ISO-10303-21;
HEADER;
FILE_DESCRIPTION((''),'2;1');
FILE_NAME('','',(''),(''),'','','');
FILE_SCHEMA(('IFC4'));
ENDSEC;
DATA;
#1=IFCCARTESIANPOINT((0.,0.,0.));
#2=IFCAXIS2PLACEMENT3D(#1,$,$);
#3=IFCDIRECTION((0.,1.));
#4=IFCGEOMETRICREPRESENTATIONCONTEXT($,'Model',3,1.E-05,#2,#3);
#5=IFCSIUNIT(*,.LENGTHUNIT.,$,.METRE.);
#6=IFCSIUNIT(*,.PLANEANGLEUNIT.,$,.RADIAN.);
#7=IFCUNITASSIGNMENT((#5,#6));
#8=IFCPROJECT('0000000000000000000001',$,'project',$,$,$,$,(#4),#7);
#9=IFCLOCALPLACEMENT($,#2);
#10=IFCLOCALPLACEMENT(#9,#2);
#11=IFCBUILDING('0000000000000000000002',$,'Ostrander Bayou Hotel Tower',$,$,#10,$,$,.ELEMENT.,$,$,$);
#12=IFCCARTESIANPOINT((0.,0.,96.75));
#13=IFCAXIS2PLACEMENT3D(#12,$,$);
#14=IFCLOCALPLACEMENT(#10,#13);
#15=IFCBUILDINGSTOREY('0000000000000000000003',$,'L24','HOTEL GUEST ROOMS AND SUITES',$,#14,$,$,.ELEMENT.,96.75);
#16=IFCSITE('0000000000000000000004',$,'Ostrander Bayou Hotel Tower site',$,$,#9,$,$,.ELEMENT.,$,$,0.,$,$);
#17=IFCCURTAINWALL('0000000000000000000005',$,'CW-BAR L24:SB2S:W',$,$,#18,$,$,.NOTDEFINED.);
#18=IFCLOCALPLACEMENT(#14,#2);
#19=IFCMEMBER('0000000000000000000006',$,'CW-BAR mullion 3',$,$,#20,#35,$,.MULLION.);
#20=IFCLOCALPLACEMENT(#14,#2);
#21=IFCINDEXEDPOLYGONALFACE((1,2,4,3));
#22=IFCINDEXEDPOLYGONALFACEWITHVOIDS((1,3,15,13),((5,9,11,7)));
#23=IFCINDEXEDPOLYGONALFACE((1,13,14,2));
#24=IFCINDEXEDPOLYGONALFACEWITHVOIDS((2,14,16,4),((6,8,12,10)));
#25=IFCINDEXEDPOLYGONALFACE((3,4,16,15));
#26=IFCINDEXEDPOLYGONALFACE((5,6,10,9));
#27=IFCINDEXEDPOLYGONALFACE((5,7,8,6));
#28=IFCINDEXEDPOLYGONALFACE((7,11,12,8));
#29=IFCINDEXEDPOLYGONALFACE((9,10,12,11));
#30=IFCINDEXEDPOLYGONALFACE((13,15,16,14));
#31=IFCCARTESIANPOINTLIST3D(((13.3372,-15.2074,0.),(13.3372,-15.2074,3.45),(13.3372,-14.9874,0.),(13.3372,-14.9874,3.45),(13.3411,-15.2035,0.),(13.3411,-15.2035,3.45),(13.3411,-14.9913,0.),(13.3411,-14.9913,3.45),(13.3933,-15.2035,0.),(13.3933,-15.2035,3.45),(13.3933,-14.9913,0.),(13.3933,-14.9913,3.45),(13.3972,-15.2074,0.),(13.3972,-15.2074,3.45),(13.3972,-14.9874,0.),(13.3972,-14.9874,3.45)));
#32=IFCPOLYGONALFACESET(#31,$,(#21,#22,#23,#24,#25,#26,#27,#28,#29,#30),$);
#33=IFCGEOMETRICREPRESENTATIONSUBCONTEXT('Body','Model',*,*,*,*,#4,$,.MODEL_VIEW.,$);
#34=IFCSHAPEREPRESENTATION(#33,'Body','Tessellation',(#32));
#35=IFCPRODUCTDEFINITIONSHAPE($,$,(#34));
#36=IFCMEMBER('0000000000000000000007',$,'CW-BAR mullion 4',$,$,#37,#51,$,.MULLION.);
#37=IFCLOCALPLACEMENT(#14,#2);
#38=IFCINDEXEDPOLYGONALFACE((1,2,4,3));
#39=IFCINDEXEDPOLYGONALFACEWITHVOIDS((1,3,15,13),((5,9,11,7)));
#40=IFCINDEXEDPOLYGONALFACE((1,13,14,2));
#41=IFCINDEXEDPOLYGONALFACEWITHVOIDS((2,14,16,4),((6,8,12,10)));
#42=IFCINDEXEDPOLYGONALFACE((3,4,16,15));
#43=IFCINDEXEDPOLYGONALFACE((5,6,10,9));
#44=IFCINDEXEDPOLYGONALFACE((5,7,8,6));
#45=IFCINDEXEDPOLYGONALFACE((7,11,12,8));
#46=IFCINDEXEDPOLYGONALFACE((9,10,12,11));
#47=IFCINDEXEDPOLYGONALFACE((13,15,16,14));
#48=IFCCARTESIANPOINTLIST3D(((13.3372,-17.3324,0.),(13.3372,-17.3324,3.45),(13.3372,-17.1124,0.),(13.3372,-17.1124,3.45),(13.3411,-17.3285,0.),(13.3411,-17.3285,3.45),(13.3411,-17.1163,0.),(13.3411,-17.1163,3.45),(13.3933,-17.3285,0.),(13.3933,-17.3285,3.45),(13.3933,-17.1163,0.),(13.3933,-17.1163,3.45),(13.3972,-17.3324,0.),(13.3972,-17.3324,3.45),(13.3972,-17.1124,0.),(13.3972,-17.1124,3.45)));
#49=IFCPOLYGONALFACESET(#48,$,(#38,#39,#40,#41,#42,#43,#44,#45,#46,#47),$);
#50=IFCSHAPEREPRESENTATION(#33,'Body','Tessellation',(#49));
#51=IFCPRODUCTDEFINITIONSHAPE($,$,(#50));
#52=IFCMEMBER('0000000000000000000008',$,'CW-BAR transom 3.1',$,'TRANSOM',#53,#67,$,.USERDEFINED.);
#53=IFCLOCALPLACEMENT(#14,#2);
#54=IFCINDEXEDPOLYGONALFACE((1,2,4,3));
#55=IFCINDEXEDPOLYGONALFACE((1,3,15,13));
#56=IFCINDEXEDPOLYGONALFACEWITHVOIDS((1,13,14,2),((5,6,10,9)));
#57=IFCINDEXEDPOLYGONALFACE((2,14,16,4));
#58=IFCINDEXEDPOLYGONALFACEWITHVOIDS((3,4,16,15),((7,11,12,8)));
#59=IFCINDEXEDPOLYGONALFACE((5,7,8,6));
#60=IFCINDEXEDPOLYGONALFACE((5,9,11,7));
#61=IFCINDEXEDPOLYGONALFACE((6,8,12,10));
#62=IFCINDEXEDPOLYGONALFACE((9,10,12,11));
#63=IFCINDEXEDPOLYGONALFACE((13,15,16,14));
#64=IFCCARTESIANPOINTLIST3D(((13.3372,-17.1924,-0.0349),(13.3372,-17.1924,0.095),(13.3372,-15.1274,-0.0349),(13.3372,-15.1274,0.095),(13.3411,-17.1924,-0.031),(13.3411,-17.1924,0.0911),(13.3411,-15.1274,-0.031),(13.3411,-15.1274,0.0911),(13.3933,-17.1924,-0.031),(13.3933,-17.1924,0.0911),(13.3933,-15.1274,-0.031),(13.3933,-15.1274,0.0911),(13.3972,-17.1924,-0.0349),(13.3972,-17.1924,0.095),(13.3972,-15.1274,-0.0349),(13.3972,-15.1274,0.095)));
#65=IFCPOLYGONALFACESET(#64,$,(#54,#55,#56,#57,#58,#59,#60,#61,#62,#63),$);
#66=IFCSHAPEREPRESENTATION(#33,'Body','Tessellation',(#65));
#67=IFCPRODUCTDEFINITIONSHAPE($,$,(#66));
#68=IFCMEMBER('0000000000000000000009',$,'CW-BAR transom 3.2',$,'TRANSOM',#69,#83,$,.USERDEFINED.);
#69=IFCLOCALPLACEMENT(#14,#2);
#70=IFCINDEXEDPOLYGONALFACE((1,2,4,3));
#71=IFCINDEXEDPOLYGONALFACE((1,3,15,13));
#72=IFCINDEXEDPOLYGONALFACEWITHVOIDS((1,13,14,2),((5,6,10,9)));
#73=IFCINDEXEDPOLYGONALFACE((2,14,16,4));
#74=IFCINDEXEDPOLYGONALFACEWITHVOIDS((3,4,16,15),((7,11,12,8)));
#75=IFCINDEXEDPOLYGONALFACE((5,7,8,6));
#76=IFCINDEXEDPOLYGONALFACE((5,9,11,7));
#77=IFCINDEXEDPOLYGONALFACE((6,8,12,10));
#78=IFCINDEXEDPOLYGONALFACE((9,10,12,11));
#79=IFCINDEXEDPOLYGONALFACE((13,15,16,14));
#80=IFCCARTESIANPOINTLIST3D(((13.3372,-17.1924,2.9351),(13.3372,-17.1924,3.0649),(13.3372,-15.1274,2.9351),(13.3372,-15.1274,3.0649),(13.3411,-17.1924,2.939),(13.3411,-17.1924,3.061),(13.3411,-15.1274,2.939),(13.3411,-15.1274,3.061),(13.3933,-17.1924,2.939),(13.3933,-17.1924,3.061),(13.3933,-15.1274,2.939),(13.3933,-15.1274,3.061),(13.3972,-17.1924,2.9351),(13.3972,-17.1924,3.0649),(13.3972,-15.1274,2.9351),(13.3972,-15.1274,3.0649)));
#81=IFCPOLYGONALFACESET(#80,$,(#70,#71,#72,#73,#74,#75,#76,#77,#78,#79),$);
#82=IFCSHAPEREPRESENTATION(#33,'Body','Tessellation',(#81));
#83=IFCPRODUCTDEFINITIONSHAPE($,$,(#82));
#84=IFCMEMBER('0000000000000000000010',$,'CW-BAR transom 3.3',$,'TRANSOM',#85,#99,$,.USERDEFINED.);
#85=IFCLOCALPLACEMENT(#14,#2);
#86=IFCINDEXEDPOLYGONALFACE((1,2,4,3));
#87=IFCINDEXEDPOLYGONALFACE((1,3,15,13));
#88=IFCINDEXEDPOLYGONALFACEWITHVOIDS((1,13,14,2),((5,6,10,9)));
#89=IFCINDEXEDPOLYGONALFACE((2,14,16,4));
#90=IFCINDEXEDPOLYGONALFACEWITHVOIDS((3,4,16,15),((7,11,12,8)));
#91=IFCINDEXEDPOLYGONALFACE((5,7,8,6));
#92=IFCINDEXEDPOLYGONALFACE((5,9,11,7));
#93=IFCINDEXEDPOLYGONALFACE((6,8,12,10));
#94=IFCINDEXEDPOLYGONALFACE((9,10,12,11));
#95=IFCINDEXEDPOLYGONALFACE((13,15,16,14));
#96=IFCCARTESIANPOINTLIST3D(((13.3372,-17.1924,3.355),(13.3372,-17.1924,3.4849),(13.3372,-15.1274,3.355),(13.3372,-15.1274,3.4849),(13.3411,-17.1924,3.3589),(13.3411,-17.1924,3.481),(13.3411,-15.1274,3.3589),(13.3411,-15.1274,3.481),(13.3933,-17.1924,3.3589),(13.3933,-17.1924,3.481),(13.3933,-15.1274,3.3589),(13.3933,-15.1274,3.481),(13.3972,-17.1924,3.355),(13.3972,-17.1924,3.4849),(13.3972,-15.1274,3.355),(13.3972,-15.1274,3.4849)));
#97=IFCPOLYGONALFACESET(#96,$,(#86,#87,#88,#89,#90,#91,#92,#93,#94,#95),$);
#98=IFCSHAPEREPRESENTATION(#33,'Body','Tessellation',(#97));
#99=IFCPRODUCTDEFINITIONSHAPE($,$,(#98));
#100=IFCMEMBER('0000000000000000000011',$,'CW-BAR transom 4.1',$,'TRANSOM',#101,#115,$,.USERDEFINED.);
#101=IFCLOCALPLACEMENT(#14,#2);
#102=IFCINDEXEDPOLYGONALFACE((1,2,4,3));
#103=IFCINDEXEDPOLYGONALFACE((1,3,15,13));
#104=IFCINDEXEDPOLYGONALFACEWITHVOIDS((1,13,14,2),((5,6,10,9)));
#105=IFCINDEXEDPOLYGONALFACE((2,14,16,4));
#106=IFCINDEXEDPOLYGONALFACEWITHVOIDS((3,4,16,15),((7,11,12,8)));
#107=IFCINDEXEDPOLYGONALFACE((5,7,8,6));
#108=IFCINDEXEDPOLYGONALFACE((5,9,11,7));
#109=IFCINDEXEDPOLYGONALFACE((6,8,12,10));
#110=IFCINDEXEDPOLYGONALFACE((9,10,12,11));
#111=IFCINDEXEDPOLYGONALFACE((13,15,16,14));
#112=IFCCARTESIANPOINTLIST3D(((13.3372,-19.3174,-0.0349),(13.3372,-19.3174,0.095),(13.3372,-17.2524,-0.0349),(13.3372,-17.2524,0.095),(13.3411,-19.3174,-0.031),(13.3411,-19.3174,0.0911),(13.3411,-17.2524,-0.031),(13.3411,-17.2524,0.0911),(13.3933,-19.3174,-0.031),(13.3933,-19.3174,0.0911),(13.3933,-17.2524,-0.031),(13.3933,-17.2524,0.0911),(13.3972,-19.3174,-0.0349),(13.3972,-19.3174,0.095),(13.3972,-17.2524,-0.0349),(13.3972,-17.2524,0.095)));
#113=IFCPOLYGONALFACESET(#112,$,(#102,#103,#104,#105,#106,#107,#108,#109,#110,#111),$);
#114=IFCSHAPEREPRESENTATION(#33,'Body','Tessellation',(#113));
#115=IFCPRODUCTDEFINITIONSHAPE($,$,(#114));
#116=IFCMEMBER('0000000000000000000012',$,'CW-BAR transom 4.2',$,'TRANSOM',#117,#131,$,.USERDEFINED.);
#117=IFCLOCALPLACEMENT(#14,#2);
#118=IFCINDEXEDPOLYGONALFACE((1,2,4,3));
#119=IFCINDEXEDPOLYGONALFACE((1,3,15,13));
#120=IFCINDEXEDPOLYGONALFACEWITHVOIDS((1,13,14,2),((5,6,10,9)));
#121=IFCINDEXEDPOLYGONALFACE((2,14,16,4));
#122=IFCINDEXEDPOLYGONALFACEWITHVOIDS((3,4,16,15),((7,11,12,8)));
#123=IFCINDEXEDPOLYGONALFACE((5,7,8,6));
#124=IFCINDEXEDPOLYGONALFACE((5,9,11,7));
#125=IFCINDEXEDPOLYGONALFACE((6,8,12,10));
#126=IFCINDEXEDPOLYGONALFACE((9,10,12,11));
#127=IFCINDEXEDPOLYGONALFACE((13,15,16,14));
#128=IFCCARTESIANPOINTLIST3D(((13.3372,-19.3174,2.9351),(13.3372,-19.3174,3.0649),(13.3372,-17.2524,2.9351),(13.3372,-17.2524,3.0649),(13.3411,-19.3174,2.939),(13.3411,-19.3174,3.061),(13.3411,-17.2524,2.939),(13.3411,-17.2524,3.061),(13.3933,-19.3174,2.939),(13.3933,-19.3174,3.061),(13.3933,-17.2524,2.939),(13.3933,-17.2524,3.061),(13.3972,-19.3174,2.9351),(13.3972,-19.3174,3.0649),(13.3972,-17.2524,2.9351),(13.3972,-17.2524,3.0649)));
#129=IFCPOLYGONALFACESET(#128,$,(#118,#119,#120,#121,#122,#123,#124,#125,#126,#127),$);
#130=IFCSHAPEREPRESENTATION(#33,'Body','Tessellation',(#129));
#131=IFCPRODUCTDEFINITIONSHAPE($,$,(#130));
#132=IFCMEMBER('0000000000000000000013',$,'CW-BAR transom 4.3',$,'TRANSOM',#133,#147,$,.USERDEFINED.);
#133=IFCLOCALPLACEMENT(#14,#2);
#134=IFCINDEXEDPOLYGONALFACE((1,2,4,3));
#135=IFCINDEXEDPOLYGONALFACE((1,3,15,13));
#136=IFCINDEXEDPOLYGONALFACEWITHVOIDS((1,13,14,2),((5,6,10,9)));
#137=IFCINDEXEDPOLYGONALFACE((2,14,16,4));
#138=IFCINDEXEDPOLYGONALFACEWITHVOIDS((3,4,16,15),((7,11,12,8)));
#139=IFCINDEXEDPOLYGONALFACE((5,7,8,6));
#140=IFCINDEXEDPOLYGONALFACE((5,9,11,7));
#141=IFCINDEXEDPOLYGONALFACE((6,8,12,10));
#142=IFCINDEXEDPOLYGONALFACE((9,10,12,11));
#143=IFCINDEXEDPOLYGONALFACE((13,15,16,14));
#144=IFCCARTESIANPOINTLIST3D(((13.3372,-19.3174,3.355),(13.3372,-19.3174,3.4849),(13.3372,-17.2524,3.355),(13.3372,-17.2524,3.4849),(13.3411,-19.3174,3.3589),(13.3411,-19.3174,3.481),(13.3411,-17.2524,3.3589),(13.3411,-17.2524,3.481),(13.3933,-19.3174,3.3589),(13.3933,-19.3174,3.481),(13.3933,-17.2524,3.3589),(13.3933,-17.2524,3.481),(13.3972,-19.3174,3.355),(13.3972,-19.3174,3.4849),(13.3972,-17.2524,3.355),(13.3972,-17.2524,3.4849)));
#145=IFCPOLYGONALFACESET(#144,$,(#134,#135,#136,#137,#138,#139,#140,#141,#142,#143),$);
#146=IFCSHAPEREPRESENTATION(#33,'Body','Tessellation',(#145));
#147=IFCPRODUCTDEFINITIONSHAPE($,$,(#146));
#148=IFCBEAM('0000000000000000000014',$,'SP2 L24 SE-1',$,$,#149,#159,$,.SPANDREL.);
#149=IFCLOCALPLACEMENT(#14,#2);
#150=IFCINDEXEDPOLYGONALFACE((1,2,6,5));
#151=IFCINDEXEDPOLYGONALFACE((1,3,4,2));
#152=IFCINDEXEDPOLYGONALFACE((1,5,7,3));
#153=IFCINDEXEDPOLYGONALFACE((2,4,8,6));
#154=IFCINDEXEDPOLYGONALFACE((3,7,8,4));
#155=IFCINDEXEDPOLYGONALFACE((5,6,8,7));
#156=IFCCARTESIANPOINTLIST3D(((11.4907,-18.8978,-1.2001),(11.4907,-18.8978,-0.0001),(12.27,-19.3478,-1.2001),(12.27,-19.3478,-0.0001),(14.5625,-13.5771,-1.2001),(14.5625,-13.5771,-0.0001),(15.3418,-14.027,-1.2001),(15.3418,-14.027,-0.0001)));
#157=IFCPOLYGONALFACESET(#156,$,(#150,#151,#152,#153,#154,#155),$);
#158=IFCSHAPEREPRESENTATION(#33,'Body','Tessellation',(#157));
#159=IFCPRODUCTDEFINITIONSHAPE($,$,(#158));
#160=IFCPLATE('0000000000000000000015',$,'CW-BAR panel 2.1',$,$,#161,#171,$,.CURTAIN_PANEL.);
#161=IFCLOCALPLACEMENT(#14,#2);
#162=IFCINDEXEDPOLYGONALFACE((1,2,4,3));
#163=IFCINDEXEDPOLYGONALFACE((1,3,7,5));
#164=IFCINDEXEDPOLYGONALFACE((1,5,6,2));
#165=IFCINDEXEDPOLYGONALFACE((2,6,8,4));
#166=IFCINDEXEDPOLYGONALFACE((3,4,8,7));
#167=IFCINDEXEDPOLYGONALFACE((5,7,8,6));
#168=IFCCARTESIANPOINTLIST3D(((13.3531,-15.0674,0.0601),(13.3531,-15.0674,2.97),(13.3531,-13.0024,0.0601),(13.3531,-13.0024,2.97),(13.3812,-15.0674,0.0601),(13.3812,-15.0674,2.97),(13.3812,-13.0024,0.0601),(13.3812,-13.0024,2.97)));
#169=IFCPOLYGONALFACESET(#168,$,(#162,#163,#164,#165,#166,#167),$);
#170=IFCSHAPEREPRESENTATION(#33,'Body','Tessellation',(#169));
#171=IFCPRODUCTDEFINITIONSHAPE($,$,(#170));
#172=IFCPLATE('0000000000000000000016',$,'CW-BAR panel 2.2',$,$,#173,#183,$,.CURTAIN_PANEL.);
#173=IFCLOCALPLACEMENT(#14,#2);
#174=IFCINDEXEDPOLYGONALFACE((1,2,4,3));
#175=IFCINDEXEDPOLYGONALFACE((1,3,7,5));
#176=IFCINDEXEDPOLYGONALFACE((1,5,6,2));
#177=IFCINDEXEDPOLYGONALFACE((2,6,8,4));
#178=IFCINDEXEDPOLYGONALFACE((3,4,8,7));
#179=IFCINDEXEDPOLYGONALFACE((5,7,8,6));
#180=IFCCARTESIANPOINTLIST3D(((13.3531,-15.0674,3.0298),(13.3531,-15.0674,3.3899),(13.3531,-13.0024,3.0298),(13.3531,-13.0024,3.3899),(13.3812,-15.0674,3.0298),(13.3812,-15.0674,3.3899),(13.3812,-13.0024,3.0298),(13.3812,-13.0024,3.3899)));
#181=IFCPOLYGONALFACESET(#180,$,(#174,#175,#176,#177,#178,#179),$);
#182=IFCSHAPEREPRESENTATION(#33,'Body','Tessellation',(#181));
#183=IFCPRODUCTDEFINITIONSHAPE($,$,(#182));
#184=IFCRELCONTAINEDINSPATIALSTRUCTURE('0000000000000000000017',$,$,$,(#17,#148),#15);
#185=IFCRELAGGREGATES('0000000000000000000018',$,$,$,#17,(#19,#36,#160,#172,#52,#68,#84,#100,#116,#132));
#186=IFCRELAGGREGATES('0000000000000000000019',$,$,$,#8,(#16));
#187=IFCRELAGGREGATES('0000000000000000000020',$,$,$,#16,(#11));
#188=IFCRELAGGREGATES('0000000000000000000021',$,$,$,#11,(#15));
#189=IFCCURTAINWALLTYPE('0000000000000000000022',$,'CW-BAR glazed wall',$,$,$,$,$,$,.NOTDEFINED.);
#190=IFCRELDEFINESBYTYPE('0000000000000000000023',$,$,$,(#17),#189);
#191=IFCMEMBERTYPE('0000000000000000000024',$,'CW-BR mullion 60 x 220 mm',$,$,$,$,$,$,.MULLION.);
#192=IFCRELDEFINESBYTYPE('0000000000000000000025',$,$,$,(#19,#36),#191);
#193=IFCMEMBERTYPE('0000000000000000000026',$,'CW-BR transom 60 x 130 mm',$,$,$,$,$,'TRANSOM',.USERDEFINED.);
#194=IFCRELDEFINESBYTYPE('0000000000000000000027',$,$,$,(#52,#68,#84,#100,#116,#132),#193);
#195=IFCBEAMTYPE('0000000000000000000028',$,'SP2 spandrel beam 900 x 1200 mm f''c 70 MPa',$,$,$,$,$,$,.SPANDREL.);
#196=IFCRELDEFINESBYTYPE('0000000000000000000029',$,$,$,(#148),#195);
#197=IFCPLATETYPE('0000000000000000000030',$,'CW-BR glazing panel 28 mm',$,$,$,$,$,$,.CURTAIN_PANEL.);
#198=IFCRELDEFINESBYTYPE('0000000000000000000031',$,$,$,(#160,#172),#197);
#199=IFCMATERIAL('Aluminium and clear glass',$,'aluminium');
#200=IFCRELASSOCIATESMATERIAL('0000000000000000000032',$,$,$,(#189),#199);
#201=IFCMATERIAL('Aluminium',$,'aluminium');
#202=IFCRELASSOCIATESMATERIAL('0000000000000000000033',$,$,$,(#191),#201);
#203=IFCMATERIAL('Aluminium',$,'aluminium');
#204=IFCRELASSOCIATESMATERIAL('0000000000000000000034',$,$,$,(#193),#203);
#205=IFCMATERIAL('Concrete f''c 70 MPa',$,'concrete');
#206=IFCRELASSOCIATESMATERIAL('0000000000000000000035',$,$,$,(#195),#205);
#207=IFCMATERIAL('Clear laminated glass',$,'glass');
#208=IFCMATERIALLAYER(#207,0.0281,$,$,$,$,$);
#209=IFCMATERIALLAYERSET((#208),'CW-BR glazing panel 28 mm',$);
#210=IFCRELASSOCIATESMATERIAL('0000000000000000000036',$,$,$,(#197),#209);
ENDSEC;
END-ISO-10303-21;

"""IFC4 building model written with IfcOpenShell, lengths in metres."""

from ifc_helpers import new_model, si_unit, direction, frame, origin, origin_2d, place, context, subcontext, project, spatial, rectangle, hollow_rectangle, extrude, material, layer, layer_set, material_profile, profile_set, type_object, element, aggregate, save


model = new_model("IFC4")

# Units and contexts
model_context = context("Model", 3, precision=1e-05, world=origin(), true_north=direction((0.0, 1.0)))
body_context = subcontext(model_context, "Body", "Model", "MODEL_VIEW")
ifc_project = project(units=[si_unit("LENGTHUNIT", "METRE"), si_unit("PLANEANGLEUNIT", "RADIAN")], contexts=[model_context])

# Site, building, storey
site_placement = place(None, origin())
site = spatial("IfcSite", under=ifc_project, at=site_placement, Name="Ostrander Bayou Hotel Tower site", CompositionType="ELEMENT", RefElevation=0.0)
building_placement = place(site_placement, origin())
building = spatial("IfcBuilding", under=site, at=building_placement, Name="Ostrander Bayou Hotel Tower", CompositionType="ELEMENT")
storey_placement = place(building_placement, frame((0.0, 0.0, 96.75)))
storey = spatial("IfcBuildingStorey", under=building, at=storey_placement, Name="L24", Description="HOTEL GUEST ROOMS AND SUITES", CompositionType="ELEMENT", Elevation=96.75)

# Curtain wall, members
ifc_material_1 = material(Name="Aluminium and clear glass", Category="aluminium")
curtain_wall_type = type_object("IfcCurtainWallType", Name="CW-BAR glazed wall", PredefinedType="NOTDEFINED", material=ifc_material_1)
curtain_wall_placement = place(storey_placement, origin())
curtain_wall = element("IfcCurtainWall", 1, at=curtain_wall_placement, inside=storey, type_object=curtain_wall_type, Name="CW-BAR L24:SB2S:W", PredefinedType="NOTDEFINED")
ifc_material_2 = material(Name="Aluminium", Category="aluminium")
ifc_material_profile_1 = material_profile(ifc_material_2, hollow_rectangle(XDim=0.0601, YDim=0.22, WallThickness=0.0039, at=origin_2d()))
ifc_profile_set_1 = profile_set([ifc_material_profile_1], Name="Aluminium")
member_type_1 = type_object("IfcMemberType", Name="CW-BR mullion 60 x 220 mm", PredefinedType="MULLION", material=ifc_profile_set_1)
member_1_placement = place(storey_placement, frame((13.3672, -15.0974, 0.0), z_axis=(0.0, 0.0, 1.0), x_axis=(1.0, 0.0, 0.0)))
member_1 = element("IfcMember", 2, at=member_1_placement, type_object=member_type_1, Name="CW-BAR mullion 3", PredefinedType="MULLION", context=body_context, shape_type="SweptSolid", body=[
    extrude(hollow_rectangle(XDim=0.0601, YDim=0.22, WallThickness=0.0039, at=origin_2d()), origin(), (0.0, 0.0, 1.0), 3.45),
])
member_2_placement = place(storey_placement, frame((13.3672, -17.2224, 0.0), z_axis=(0.0, 0.0, 1.0), x_axis=(1.0, 0.0, 0.0)))
member_2 = element("IfcMember", 3, at=member_2_placement, type_object=member_type_1, Name="CW-BAR mullion 4", PredefinedType="MULLION", context=body_context, shape_type="SweptSolid", body=[
    extrude(hollow_rectangle(XDim=0.0601, YDim=0.22, WallThickness=0.0039, at=origin_2d()), origin(), (0.0, 0.0, 1.0), 3.45),
])
ifc_material_3 = material(Name="Aluminium", Category="aluminium")
ifc_material_profile_2 = material_profile(ifc_material_3, hollow_rectangle(XDim=0.0601, YDim=0.1299, WallThickness=0.0039, at=origin_2d()))
ifc_profile_set_2 = profile_set([ifc_material_profile_2], Name="Aluminium")
member_type_2 = type_object("IfcMemberType", Name="CW-BR transom 60 x 130 mm", ElementType="TRANSOM", PredefinedType="USERDEFINED", material=ifc_profile_set_2)
member_3_placement = place(storey_placement, frame((13.3672, -15.1274, 0.03), z_axis=(0.0, -1.0, 0.0), x_axis=(1.0, 0.0, 0.0)))
member_3 = element("IfcMember", 4, at=member_3_placement, type_object=member_type_2, Name="CW-BAR transom 3.1", ObjectType="TRANSOM", PredefinedType="USERDEFINED", context=body_context, shape_type="SweptSolid", body=[
    extrude(hollow_rectangle(XDim=0.0601, YDim=0.1299, WallThickness=0.0039, at=origin_2d()), origin(), (0.0, 0.0, 1.0), 2.0649),
])
member_4_placement = place(storey_placement, frame((13.3672, -15.1274, 3.0), z_axis=(0.0, -1.0, 0.0), x_axis=(1.0, 0.0, 0.0)))
member_4 = element("IfcMember", 5, at=member_4_placement, type_object=member_type_2, Name="CW-BAR transom 3.2", ObjectType="TRANSOM", PredefinedType="USERDEFINED", context=body_context, shape_type="SweptSolid", body=[
    extrude(hollow_rectangle(XDim=0.0601, YDim=0.1299, WallThickness=0.0039, at=origin_2d()), origin(), (0.0, 0.0, 1.0), 2.0649),
])
member_5_placement = place(storey_placement, frame((13.3672, -15.1274, 3.4199), z_axis=(0.0, -1.0, 0.0), x_axis=(1.0, 0.0, 0.0)))
member_5 = element("IfcMember", 6, at=member_5_placement, type_object=member_type_2, Name="CW-BAR transom 3.3", ObjectType="TRANSOM", PredefinedType="USERDEFINED", context=body_context, shape_type="SweptSolid", body=[
    extrude(hollow_rectangle(XDim=0.0601, YDim=0.1299, WallThickness=0.0039, at=origin_2d()), origin(), (0.0, 0.0, 1.0), 2.0649),
])
member_6_placement = place(storey_placement, frame((13.3672, -17.2524, 0.03), z_axis=(0.0, -1.0, 0.0), x_axis=(1.0, 0.0, 0.0)))
member_6 = element("IfcMember", 7, at=member_6_placement, type_object=member_type_2, Name="CW-BAR transom 4.1", ObjectType="TRANSOM", PredefinedType="USERDEFINED", context=body_context, shape_type="SweptSolid", body=[
    extrude(hollow_rectangle(XDim=0.0601, YDim=0.1299, WallThickness=0.0039, at=origin_2d()), origin(), (0.0, 0.0, 1.0), 2.0649),
])
member_7_placement = place(storey_placement, frame((13.3672, -17.2524, 3.0), z_axis=(0.0, -1.0, 0.0), x_axis=(1.0, 0.0, 0.0)))
member_7 = element("IfcMember", 8, at=member_7_placement, type_object=member_type_2, Name="CW-BAR transom 4.2", ObjectType="TRANSOM", PredefinedType="USERDEFINED", context=body_context, shape_type="SweptSolid", body=[
    extrude(hollow_rectangle(XDim=0.0601, YDim=0.1299, WallThickness=0.0039, at=origin_2d()), origin(), (0.0, 0.0, 1.0), 2.0649),
])
member_8_placement = place(storey_placement, frame((13.3672, -17.2524, 3.4199), z_axis=(0.0, -1.0, 0.0), x_axis=(1.0, 0.0, 0.0)))
member_8 = element("IfcMember", 9, at=member_8_placement, type_object=member_type_2, Name="CW-BAR transom 4.3", ObjectType="TRANSOM", PredefinedType="USERDEFINED", context=body_context, shape_type="SweptSolid", body=[
    extrude(hollow_rectangle(XDim=0.0601, YDim=0.1299, WallThickness=0.0039, at=origin_2d()), origin(), (0.0, 0.0, 1.0), 2.0649),
])

# Beam
ifc_material_4 = material(Name="Concrete f'c 70 MPa", Category="concrete")
ifc_material_profile_3 = material_profile(ifc_material_4, rectangle(XDim=0.8999, YDim=1.2, at=origin_2d()))
ifc_profile_set_3 = profile_set([ifc_material_profile_3], Name="Concrete f'c 70 MPa")
beam_type = type_object("IfcBeamType", Name="SP2 spandrel beam 900 x 1200 mm f'c 70 MPa", PredefinedType="SPANDREL", material=ifc_profile_set_3)
beam_placement = place(storey_placement, frame((11.8804, -19.1228, -0.6001), z_axis=(0.499977, 0.866039, 0.0), x_axis=(-0.866039, 0.499977, 0.0)))
element("IfcBeam", 10, at=beam_placement, inside=storey, type_object=beam_type, Name="SP2 L24 SE-1", PredefinedType="SPANDREL", context=body_context, shape_type="SweptSolid", body=[
    extrude(rectangle(XDim=0.8999, YDim=1.2, at=origin_2d()), origin(), (0.0, 0.0, 1.0), 6.1438),
])

# Plates
ifc_material_5 = material(Name="Clear laminated glass", Category="glass")
ifc_layer_1 = layer(ifc_material_5, 0.0281)
ifc_layer_set_1 = layer_set([ifc_layer_1], Name="CW-BR glazing panel 28 mm")
plate_type = type_object("IfcPlateType", Name="CW-BR glazing panel 28 mm", PredefinedType="CURTAIN_PANEL", material=ifc_layer_set_1)
plate_1_placement = place(storey_placement, frame((13.3672, -14.0349, 0.0601), z_axis=(0.0, 0.0, 1.0), x_axis=(0.0, -1.0, 0.0)))
plate_1 = element("IfcPlate", 11, at=plate_1_placement, type_object=plate_type, Name="CW-BAR panel 2.1", PredefinedType="CURTAIN_PANEL", context=body_context, shape_type="SweptSolid", body=[
    extrude(rectangle(XDim=2.0649, YDim=0.0281, at=origin_2d()), origin(), (0.0, 0.0, 1.0), 2.9099),
])
plate_2_placement = place(storey_placement, frame((13.3672, -14.0349, 3.0298), z_axis=(0.0, 0.0, 1.0), x_axis=(0.0, -1.0, 0.0)))
plate_2 = element("IfcPlate", 12, at=plate_2_placement, type_object=plate_type, Name="CW-BAR panel 2.2", PredefinedType="CURTAIN_PANEL", context=body_context, shape_type="SweptSolid", body=[
    extrude(rectangle(XDim=2.0649, YDim=0.0281, at=origin_2d()), origin(), (0.0, 0.0, 1.0), 0.3601),
])
aggregate(curtain_wall, [member_1, member_2, plate_1, plate_2, member_3, member_4, member_5, member_6, member_7, member_8])

save(model, "model.ifc")
